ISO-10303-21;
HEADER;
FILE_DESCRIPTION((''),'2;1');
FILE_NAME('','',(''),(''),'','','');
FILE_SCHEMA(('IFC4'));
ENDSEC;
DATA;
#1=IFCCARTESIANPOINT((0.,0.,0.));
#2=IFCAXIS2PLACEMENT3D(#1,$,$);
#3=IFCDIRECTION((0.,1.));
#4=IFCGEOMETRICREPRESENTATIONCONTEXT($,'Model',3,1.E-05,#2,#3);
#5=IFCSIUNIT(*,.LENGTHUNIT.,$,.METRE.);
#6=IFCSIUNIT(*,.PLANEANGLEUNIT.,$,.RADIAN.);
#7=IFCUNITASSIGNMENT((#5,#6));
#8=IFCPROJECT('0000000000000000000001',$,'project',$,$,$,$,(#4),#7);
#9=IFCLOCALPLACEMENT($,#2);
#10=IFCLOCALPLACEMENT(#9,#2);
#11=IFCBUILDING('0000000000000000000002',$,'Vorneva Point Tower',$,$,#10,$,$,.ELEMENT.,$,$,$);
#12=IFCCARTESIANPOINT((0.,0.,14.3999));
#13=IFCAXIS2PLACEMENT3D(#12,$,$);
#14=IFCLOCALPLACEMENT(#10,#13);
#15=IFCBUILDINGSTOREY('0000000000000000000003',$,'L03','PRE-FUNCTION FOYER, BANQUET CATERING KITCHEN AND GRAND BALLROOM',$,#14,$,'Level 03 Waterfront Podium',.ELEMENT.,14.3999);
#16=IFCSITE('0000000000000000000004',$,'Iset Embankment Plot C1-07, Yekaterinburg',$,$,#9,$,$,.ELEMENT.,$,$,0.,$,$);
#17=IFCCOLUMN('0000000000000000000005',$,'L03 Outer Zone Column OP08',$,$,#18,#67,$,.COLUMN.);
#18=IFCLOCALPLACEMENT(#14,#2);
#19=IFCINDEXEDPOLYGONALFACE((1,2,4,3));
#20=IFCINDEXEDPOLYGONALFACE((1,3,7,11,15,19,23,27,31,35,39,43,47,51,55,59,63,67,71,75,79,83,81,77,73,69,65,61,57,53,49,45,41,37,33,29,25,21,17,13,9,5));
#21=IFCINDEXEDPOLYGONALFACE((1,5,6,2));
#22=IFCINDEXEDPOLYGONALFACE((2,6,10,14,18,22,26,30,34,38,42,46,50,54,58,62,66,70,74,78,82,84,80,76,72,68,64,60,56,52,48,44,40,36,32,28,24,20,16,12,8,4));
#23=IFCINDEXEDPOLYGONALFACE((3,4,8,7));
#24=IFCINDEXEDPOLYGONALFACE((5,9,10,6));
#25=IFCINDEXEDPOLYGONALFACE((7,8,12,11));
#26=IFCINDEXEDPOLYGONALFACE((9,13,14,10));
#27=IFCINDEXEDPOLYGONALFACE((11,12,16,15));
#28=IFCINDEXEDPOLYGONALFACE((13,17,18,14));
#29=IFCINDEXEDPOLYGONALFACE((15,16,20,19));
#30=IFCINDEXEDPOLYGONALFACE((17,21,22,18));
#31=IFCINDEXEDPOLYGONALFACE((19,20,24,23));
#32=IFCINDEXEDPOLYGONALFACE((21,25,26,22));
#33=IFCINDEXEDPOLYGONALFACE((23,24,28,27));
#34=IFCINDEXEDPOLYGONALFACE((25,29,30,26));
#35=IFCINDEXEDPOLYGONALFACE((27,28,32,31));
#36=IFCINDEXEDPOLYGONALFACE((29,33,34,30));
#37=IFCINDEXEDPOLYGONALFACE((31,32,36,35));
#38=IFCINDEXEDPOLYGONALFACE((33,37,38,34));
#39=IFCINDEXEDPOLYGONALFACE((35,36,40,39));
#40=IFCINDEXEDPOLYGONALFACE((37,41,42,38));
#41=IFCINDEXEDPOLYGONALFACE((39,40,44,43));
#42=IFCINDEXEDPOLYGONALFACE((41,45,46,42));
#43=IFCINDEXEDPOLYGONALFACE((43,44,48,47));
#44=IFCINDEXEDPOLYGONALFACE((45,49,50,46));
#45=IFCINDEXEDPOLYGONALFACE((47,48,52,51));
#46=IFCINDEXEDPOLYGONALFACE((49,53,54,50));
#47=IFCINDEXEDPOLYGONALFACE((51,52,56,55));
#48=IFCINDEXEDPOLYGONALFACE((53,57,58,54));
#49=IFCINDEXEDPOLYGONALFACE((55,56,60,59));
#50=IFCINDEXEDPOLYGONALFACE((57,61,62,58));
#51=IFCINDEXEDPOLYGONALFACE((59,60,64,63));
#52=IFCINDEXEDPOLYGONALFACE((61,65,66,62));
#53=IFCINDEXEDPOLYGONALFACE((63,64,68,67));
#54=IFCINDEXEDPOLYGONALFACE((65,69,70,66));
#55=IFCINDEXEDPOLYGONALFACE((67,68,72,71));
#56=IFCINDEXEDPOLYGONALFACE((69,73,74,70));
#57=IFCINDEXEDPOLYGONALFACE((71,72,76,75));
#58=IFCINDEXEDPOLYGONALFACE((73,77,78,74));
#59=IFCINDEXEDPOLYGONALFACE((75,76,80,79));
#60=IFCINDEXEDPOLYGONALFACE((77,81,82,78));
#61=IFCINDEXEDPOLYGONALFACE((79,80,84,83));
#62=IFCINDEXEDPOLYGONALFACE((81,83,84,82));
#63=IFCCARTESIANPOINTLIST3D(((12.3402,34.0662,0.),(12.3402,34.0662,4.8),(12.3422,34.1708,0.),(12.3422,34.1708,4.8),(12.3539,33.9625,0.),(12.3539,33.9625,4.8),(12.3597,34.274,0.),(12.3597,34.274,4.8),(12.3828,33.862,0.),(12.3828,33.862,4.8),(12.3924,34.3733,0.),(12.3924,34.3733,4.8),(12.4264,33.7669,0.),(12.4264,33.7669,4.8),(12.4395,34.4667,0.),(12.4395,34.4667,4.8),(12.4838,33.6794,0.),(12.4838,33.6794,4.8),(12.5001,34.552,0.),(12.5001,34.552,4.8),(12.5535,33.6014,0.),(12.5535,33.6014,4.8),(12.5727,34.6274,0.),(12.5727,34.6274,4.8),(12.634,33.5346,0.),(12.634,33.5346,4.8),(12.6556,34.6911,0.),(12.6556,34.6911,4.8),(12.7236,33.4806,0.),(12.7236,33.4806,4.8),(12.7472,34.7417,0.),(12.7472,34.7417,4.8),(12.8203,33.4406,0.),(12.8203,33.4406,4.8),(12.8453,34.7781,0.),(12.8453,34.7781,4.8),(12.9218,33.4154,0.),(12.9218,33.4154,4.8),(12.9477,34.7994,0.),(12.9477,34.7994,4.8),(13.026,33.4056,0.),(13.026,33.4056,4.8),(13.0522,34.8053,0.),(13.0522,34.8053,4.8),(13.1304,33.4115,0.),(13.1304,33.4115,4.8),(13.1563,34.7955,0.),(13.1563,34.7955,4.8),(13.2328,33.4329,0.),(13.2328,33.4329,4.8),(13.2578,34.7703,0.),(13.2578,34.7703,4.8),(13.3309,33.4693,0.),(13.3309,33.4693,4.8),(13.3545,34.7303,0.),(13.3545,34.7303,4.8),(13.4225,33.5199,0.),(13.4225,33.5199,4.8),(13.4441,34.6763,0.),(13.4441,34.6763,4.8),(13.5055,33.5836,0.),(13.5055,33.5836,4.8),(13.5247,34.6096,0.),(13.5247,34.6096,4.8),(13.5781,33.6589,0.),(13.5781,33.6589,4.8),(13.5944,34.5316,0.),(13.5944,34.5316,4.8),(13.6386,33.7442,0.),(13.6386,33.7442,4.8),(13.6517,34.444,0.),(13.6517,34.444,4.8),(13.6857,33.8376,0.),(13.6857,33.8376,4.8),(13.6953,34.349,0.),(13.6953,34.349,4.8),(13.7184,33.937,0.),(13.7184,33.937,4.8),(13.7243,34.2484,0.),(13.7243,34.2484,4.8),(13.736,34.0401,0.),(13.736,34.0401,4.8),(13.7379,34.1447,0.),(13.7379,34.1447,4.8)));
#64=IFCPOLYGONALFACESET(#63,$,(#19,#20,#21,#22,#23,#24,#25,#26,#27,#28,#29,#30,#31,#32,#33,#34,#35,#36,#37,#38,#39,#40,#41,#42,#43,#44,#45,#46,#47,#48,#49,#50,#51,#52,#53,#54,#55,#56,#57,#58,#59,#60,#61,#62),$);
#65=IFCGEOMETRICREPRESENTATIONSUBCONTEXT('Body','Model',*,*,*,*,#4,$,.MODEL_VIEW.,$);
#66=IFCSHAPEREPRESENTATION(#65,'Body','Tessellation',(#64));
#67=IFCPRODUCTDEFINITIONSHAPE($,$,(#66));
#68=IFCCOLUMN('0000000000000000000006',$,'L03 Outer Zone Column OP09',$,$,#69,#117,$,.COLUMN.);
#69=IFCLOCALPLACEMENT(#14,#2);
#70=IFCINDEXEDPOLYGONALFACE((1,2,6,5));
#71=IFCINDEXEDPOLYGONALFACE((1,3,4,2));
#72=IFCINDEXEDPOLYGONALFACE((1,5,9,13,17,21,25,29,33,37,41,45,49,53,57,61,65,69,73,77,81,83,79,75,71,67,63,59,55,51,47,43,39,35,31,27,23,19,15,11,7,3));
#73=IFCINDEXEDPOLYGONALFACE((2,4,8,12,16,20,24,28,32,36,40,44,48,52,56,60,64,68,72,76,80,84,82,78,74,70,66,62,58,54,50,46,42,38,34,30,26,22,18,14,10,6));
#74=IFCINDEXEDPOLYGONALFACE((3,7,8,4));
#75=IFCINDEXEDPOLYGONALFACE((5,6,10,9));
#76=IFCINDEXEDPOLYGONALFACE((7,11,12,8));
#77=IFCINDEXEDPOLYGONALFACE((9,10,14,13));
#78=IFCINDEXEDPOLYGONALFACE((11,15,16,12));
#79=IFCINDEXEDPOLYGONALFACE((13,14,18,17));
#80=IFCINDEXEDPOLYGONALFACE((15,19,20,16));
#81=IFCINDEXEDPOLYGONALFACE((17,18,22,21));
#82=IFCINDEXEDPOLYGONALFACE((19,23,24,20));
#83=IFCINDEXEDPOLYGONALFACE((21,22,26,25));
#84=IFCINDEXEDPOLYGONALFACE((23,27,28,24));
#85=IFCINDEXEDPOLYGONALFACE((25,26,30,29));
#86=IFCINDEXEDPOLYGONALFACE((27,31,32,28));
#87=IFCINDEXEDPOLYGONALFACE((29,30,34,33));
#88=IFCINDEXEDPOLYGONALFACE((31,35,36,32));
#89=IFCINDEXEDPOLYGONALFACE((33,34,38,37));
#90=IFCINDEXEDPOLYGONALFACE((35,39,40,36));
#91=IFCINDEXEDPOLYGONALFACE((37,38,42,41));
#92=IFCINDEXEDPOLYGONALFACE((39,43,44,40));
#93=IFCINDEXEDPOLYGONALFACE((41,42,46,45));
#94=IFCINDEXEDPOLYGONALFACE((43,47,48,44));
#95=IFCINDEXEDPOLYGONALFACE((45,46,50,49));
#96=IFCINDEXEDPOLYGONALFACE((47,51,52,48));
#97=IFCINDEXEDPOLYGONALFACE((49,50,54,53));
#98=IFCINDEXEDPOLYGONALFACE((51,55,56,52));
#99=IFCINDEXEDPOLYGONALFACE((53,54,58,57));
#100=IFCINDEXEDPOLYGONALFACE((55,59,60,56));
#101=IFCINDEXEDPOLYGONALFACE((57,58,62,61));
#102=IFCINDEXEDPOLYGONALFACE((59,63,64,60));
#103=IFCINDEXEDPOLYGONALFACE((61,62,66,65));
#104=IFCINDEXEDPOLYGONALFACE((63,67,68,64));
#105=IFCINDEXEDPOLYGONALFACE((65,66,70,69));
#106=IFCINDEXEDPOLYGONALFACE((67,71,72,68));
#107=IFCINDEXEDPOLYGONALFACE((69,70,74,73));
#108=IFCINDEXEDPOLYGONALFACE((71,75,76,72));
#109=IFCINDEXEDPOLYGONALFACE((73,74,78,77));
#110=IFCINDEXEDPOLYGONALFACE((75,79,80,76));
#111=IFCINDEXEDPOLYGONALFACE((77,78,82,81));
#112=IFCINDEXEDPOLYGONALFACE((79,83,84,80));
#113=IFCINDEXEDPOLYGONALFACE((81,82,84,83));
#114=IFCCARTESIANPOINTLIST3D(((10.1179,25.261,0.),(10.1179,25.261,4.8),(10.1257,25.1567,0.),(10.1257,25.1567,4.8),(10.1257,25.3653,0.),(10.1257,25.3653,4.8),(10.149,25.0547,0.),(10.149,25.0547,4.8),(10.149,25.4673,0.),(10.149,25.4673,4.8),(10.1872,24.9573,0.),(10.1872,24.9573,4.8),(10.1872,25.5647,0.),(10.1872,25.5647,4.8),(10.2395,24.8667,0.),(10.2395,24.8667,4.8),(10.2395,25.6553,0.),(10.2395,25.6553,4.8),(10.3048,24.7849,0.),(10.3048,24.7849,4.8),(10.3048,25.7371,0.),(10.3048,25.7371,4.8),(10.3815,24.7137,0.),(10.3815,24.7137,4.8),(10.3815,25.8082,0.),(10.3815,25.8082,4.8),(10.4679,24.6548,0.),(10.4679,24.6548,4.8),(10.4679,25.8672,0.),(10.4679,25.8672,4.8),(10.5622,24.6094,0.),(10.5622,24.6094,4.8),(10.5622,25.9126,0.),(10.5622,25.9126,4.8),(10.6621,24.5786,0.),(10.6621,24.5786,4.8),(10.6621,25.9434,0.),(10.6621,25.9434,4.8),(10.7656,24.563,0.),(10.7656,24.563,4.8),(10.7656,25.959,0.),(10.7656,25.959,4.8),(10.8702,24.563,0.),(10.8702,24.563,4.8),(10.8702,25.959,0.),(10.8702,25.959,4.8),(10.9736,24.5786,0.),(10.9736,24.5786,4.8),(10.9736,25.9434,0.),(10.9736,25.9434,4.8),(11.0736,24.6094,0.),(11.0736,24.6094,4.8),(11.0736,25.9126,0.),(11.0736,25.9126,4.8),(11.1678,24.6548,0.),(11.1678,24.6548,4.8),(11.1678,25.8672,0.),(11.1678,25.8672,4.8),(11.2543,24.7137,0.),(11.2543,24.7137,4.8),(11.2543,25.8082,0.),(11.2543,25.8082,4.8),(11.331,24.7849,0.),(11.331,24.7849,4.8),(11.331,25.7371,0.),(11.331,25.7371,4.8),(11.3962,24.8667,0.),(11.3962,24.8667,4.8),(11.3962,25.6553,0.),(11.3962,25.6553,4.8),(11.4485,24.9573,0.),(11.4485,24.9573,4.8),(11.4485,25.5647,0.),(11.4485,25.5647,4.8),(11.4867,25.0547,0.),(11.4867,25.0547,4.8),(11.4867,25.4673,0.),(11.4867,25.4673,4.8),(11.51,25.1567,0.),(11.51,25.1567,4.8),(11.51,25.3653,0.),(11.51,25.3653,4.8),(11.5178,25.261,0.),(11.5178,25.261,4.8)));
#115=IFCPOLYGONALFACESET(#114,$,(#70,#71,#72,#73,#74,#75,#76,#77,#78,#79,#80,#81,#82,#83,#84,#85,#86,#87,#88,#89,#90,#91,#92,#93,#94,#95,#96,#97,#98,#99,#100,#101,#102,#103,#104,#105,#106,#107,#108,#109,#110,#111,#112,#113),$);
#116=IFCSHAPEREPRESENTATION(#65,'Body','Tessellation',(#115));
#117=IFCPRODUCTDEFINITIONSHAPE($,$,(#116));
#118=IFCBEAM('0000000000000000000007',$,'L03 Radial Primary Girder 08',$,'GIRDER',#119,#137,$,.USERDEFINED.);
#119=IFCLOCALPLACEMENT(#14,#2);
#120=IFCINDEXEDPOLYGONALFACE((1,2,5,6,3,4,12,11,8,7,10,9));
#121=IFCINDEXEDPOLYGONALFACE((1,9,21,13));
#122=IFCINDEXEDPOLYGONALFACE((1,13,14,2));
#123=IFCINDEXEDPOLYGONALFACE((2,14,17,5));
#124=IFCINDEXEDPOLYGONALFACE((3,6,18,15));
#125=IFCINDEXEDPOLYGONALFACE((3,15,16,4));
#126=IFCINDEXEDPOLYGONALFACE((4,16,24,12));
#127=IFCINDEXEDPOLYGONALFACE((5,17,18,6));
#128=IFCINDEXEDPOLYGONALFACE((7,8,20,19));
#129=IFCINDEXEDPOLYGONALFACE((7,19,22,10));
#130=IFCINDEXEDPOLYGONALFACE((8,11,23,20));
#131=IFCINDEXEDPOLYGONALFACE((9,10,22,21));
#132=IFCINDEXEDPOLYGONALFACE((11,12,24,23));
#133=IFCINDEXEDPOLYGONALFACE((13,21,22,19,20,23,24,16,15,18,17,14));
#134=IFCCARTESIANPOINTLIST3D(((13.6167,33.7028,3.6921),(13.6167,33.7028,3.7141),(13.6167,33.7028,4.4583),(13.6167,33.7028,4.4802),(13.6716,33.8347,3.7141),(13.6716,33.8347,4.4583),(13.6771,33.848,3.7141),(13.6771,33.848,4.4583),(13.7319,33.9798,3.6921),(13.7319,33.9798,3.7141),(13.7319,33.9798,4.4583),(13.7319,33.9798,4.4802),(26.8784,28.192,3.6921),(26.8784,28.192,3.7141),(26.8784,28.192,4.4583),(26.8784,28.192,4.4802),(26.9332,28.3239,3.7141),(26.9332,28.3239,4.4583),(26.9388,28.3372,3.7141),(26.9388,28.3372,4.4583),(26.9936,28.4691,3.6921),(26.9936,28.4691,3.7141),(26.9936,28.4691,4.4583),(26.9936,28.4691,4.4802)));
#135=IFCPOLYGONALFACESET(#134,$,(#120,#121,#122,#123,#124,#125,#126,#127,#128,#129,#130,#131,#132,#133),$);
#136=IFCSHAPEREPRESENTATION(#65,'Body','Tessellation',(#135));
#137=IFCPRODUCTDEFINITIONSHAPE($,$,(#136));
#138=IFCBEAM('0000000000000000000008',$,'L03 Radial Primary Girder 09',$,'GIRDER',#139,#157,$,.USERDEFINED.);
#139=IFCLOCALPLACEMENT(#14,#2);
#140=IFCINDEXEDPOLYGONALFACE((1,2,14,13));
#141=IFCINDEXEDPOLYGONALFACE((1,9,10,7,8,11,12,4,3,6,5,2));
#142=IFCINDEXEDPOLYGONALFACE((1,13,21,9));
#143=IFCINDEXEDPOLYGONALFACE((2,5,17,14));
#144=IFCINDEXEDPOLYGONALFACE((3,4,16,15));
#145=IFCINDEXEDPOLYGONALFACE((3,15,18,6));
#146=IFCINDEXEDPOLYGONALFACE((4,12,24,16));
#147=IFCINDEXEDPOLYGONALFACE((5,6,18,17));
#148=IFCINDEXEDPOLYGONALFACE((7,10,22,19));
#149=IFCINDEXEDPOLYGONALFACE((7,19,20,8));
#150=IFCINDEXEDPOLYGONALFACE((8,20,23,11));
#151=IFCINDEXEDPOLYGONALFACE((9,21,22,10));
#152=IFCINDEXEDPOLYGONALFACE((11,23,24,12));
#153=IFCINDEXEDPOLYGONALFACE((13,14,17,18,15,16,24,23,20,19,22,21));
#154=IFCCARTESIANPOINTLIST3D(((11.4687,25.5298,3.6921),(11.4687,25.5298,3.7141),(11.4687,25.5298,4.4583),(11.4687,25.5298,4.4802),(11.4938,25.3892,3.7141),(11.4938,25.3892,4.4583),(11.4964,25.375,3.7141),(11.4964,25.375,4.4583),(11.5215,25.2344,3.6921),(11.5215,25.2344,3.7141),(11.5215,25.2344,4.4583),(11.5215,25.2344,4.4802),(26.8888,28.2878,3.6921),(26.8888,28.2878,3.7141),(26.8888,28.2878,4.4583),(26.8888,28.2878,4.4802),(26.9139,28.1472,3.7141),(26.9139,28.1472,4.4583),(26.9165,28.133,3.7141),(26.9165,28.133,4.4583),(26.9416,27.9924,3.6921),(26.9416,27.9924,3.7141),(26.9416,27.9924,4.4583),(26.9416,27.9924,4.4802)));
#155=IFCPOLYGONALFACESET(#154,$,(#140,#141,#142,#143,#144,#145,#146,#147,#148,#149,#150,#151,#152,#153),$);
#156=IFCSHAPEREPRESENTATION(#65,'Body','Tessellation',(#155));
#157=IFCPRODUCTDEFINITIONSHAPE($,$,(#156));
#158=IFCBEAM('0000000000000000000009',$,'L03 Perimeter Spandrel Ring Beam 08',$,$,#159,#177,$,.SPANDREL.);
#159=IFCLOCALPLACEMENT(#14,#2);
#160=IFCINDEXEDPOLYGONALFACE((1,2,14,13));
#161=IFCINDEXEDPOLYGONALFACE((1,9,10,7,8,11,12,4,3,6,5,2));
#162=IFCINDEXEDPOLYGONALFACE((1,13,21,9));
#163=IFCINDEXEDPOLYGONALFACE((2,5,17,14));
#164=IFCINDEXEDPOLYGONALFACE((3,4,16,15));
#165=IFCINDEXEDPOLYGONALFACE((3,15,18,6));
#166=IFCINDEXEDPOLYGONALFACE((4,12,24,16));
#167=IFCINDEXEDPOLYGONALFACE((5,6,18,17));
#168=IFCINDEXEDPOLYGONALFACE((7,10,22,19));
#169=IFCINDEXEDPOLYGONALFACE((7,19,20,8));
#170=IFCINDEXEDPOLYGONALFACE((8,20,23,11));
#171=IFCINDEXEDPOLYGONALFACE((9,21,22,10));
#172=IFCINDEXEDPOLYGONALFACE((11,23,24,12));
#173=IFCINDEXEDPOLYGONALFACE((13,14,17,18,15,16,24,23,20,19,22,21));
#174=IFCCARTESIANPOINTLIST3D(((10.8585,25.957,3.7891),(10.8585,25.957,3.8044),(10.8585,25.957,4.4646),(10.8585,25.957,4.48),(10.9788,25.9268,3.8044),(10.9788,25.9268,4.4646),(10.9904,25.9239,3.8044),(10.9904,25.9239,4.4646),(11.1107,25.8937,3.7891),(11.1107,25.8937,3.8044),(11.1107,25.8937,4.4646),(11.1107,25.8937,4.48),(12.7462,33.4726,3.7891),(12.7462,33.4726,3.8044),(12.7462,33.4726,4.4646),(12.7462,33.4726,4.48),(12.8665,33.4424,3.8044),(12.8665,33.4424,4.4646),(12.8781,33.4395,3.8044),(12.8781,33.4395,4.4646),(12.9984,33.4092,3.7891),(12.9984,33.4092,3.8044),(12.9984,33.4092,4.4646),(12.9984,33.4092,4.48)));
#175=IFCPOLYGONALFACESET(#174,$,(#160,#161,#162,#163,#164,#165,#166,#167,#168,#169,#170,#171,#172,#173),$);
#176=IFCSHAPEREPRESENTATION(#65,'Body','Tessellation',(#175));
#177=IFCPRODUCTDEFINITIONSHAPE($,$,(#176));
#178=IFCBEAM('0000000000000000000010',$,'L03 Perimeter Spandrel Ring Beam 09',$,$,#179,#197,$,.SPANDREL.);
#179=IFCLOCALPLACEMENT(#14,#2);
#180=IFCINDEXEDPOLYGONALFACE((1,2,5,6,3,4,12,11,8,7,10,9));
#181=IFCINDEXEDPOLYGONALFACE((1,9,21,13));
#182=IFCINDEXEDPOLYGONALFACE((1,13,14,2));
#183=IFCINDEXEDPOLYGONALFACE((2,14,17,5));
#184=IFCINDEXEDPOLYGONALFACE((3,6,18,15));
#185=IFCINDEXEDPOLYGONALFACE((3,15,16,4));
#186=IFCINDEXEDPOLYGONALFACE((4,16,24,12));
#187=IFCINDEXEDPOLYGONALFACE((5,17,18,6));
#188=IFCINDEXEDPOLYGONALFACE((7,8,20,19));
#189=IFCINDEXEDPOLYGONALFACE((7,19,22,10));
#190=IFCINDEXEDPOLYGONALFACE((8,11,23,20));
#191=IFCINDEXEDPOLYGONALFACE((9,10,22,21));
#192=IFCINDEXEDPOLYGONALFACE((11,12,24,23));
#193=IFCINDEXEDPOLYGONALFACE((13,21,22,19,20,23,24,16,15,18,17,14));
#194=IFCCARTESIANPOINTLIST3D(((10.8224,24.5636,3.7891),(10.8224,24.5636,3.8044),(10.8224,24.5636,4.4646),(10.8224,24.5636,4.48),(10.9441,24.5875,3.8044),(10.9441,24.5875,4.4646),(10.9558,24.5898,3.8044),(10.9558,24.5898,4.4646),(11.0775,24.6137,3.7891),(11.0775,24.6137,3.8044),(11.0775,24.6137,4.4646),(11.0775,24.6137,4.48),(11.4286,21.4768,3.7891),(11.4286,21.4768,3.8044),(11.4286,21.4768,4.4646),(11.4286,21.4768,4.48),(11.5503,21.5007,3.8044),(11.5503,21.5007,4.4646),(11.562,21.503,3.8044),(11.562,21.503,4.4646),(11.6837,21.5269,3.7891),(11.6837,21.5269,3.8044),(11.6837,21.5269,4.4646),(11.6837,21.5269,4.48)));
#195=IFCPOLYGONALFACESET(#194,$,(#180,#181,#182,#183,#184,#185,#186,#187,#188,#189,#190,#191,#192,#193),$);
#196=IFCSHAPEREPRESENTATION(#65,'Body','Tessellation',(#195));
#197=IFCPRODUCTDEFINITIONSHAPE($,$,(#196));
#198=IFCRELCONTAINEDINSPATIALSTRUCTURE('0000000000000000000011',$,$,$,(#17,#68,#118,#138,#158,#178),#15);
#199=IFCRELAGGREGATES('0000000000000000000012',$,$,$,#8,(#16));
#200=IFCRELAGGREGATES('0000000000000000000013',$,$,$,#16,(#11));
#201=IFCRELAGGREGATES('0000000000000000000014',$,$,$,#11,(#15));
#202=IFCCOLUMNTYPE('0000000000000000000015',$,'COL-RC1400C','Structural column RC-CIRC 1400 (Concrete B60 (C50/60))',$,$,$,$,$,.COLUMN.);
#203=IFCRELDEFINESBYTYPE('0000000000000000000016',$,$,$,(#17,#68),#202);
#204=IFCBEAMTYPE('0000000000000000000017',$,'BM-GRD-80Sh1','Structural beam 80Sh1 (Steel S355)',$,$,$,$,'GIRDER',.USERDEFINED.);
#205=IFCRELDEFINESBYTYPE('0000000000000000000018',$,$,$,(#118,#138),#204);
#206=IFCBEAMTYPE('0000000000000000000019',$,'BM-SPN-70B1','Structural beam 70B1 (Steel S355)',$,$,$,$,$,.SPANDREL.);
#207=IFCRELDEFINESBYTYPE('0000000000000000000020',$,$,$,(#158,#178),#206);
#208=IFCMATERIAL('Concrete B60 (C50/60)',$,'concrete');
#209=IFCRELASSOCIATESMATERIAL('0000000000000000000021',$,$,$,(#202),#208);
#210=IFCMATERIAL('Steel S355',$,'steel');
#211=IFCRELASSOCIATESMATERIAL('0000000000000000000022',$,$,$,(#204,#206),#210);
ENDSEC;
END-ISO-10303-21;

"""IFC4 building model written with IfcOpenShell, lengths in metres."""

from ifc_helpers import new_model, si_unit, direction, frame, origin, origin_2d, place, context, subcontext, project, spatial, circle, i_section, extrude, material, material_profile, profile_set, type_object, element, save


model = new_model("IFC4")

# Units and contexts
model_context = context("Model", 3, precision=1e-05, world=origin(), true_north=direction((0.0, 1.0)))
body_context = subcontext(model_context, "Body", "Model", "MODEL_VIEW")
ifc_project = project(units=[si_unit("LENGTHUNIT", "METRE"), si_unit("PLANEANGLEUNIT", "RADIAN")], contexts=[model_context])

# Site, building, storey
site_placement = place(None, origin())
site = spatial("IfcSite", under=ifc_project, at=site_placement, Name="Iset Embankment Plot C1-07, Yekaterinburg", CompositionType="ELEMENT", RefElevation=0.0)
building_placement = place(site_placement, origin())
building = spatial("IfcBuilding", under=site, at=building_placement, Name="Vorneva Point Tower", CompositionType="ELEMENT")
storey_placement = place(building_placement, frame((0.0, 0.0, 14.3999)))
storey = spatial("IfcBuildingStorey", under=building, at=storey_placement, Name="L03", Description="PRE-FUNCTION FOYER, BANQUET CATERING KITCHEN AND GRAND BALLROOM", LongName="Level 03 Waterfront Podium", CompositionType="ELEMENT", Elevation=14.3999)

# Columns
ifc_material_1 = material(Name="Concrete B60 (C50/60)", Category="concrete")
ifc_material_profile_1 = material_profile(ifc_material_1, circle(Radius=0.7, at=origin_2d()), Name="RC-CIRC 1400")
ifc_profile_set_1 = profile_set([ifc_material_profile_1], Name="Concrete B60 (C50/60)")
column_type = type_object("IfcColumnType", Name="COL-RC1400C", Description="Structural column RC-CIRC 1400 (Concrete B60 (C50/60))", PredefinedType="COLUMN", material=ifc_profile_set_1)
for number, where, z_axis, x_axis, name in (
    (1, (13.0391, 34.1055, 0.0), (0.0, 0.0, 1.0), (-0.92388, 0.382683, 0.0), "L03 Outer Zone Column OP08"),
    (2, (10.8179, 25.261, 0.0), (0.0, 0.0, 1.0), (-1.0, 0.0, 0.0), "L03 Outer Zone Column OP09"),
):
    element("IfcColumn", number, at=place(storey_placement, frame(where, z_axis=z_axis, x_axis=x_axis)), inside=storey, type_object=column_type, Name=name, PredefinedType="COLUMN", context=body_context, shape_type="SweptSolid", body=[
        extrude(circle(Radius=0.7, at=origin_2d()), origin(), (0.0, 0.0, 1.0), 4.8),
    ])

# Beams
ifc_material_2 = material(Name="Steel S355", Category="steel")
ifc_material_profile_2 = material_profile(ifc_material_2, i_section(OverallWidth=0.3, OverallDepth=0.7881, WebThickness=0.0144, FlangeThickness=0.022, at=origin_2d()), Name="80Sh1")
ifc_profile_set_2 = profile_set([ifc_material_profile_2], Name="Steel S355")
beam_type_1 = type_object("IfcBeamType", Name="BM-GRD-80Sh1", Description="Structural beam 80Sh1 (Steel S355)", ElementType="GIRDER", PredefinedType="USERDEFINED", material=ifc_profile_set_2)
beam_1_placement = place(storey_placement, frame((13.6743, 33.8413, 4.0862), z_axis=(0.923447, -0.383727, 0.0), x_axis=(0.383727, 0.923447, 0.0)))
element("IfcBeam", 3, at=beam_1_placement, inside=storey, type_object=beam_type_1, Name="L03 Radial Primary Girder 08", ObjectType="GIRDER", PredefinedType="USERDEFINED", context=body_context, shape_type="SweptSolid", body=[
    extrude(i_section(OverallWidth=0.3, OverallDepth=0.7881, WebThickness=0.0144, FlangeThickness=0.022, at=origin_2d()), origin(), (0.0, 0.0, 1.0), 14.3611),
])
beam_2_placement = place(storey_placement, frame((11.4951, 25.3821, 4.0862), z_axis=(0.984378, 0.176066, 0.0), x_axis=(-0.176066, 0.984378, 0.0)))
element("IfcBeam", 4, at=beam_2_placement, inside=storey, type_object=beam_type_1, Name="L03 Radial Primary Girder 09", ObjectType="GIRDER", PredefinedType="USERDEFINED", context=body_context, shape_type="SweptSolid", body=[
    extrude(i_section(OverallWidth=0.3, OverallDepth=0.7881, WebThickness=0.0144, FlangeThickness=0.022, at=origin_2d()), origin(), (0.0, 0.0, 1.0), 15.6648),
])
ifc_material_profile_3 = material_profile(ifc_material_2, i_section(OverallWidth=0.26, OverallDepth=0.6909, WebThickness=0.012, FlangeThickness=0.0154, at=origin_2d()), Name="70B1")
ifc_profile_set_3 = profile_set([ifc_material_profile_3], Name="Steel S355")
beam_type_2 = type_object("IfcBeamType", Name="BM-SPN-70B1", Description="Structural beam 70B1 (Steel S355)", PredefinedType="SPANDREL", material=ifc_profile_set_3)
beam_3_placement = place(storey_placement, frame((12.8723, 33.4409, 4.1345), z_axis=(-0.243603, -0.969875, 0.0), x_axis=(0.969875, -0.243603, 0.0)))
element("IfcBeam", 5, at=beam_3_placement, inside=storey, type_object=beam_type_2, Name="L03 Perimeter Spandrel Ring Beam 08", PredefinedType="SPANDREL", context=body_context, shape_type="SweptSolid", body=[
    extrude(i_section(OverallWidth=0.26, OverallDepth=0.6909, WebThickness=0.012, FlangeThickness=0.0154, at=origin_2d()), origin(), (0.0, 0.0, 1.0), 7.749),
])
beam_4_placement = place(storey_placement, frame((10.95, 24.5886, 4.1345), z_axis=(0.192697, -0.981258, 0.0), x_axis=(0.981258, 0.192697, 0.0)))
element("IfcBeam", 6, at=beam_4_placement, inside=storey, type_object=beam_type_2, Name="L03 Perimeter Spandrel Ring Beam 09", PredefinedType="SPANDREL", context=body_context, shape_type="SweptSolid", body=[
    extrude(i_section(OverallWidth=0.26, OverallDepth=0.6909, WebThickness=0.012, FlangeThickness=0.0154, at=origin_2d()), origin(), (0.0, 0.0, 1.0), 3.1458),
])

save(model, "model.ifc")
